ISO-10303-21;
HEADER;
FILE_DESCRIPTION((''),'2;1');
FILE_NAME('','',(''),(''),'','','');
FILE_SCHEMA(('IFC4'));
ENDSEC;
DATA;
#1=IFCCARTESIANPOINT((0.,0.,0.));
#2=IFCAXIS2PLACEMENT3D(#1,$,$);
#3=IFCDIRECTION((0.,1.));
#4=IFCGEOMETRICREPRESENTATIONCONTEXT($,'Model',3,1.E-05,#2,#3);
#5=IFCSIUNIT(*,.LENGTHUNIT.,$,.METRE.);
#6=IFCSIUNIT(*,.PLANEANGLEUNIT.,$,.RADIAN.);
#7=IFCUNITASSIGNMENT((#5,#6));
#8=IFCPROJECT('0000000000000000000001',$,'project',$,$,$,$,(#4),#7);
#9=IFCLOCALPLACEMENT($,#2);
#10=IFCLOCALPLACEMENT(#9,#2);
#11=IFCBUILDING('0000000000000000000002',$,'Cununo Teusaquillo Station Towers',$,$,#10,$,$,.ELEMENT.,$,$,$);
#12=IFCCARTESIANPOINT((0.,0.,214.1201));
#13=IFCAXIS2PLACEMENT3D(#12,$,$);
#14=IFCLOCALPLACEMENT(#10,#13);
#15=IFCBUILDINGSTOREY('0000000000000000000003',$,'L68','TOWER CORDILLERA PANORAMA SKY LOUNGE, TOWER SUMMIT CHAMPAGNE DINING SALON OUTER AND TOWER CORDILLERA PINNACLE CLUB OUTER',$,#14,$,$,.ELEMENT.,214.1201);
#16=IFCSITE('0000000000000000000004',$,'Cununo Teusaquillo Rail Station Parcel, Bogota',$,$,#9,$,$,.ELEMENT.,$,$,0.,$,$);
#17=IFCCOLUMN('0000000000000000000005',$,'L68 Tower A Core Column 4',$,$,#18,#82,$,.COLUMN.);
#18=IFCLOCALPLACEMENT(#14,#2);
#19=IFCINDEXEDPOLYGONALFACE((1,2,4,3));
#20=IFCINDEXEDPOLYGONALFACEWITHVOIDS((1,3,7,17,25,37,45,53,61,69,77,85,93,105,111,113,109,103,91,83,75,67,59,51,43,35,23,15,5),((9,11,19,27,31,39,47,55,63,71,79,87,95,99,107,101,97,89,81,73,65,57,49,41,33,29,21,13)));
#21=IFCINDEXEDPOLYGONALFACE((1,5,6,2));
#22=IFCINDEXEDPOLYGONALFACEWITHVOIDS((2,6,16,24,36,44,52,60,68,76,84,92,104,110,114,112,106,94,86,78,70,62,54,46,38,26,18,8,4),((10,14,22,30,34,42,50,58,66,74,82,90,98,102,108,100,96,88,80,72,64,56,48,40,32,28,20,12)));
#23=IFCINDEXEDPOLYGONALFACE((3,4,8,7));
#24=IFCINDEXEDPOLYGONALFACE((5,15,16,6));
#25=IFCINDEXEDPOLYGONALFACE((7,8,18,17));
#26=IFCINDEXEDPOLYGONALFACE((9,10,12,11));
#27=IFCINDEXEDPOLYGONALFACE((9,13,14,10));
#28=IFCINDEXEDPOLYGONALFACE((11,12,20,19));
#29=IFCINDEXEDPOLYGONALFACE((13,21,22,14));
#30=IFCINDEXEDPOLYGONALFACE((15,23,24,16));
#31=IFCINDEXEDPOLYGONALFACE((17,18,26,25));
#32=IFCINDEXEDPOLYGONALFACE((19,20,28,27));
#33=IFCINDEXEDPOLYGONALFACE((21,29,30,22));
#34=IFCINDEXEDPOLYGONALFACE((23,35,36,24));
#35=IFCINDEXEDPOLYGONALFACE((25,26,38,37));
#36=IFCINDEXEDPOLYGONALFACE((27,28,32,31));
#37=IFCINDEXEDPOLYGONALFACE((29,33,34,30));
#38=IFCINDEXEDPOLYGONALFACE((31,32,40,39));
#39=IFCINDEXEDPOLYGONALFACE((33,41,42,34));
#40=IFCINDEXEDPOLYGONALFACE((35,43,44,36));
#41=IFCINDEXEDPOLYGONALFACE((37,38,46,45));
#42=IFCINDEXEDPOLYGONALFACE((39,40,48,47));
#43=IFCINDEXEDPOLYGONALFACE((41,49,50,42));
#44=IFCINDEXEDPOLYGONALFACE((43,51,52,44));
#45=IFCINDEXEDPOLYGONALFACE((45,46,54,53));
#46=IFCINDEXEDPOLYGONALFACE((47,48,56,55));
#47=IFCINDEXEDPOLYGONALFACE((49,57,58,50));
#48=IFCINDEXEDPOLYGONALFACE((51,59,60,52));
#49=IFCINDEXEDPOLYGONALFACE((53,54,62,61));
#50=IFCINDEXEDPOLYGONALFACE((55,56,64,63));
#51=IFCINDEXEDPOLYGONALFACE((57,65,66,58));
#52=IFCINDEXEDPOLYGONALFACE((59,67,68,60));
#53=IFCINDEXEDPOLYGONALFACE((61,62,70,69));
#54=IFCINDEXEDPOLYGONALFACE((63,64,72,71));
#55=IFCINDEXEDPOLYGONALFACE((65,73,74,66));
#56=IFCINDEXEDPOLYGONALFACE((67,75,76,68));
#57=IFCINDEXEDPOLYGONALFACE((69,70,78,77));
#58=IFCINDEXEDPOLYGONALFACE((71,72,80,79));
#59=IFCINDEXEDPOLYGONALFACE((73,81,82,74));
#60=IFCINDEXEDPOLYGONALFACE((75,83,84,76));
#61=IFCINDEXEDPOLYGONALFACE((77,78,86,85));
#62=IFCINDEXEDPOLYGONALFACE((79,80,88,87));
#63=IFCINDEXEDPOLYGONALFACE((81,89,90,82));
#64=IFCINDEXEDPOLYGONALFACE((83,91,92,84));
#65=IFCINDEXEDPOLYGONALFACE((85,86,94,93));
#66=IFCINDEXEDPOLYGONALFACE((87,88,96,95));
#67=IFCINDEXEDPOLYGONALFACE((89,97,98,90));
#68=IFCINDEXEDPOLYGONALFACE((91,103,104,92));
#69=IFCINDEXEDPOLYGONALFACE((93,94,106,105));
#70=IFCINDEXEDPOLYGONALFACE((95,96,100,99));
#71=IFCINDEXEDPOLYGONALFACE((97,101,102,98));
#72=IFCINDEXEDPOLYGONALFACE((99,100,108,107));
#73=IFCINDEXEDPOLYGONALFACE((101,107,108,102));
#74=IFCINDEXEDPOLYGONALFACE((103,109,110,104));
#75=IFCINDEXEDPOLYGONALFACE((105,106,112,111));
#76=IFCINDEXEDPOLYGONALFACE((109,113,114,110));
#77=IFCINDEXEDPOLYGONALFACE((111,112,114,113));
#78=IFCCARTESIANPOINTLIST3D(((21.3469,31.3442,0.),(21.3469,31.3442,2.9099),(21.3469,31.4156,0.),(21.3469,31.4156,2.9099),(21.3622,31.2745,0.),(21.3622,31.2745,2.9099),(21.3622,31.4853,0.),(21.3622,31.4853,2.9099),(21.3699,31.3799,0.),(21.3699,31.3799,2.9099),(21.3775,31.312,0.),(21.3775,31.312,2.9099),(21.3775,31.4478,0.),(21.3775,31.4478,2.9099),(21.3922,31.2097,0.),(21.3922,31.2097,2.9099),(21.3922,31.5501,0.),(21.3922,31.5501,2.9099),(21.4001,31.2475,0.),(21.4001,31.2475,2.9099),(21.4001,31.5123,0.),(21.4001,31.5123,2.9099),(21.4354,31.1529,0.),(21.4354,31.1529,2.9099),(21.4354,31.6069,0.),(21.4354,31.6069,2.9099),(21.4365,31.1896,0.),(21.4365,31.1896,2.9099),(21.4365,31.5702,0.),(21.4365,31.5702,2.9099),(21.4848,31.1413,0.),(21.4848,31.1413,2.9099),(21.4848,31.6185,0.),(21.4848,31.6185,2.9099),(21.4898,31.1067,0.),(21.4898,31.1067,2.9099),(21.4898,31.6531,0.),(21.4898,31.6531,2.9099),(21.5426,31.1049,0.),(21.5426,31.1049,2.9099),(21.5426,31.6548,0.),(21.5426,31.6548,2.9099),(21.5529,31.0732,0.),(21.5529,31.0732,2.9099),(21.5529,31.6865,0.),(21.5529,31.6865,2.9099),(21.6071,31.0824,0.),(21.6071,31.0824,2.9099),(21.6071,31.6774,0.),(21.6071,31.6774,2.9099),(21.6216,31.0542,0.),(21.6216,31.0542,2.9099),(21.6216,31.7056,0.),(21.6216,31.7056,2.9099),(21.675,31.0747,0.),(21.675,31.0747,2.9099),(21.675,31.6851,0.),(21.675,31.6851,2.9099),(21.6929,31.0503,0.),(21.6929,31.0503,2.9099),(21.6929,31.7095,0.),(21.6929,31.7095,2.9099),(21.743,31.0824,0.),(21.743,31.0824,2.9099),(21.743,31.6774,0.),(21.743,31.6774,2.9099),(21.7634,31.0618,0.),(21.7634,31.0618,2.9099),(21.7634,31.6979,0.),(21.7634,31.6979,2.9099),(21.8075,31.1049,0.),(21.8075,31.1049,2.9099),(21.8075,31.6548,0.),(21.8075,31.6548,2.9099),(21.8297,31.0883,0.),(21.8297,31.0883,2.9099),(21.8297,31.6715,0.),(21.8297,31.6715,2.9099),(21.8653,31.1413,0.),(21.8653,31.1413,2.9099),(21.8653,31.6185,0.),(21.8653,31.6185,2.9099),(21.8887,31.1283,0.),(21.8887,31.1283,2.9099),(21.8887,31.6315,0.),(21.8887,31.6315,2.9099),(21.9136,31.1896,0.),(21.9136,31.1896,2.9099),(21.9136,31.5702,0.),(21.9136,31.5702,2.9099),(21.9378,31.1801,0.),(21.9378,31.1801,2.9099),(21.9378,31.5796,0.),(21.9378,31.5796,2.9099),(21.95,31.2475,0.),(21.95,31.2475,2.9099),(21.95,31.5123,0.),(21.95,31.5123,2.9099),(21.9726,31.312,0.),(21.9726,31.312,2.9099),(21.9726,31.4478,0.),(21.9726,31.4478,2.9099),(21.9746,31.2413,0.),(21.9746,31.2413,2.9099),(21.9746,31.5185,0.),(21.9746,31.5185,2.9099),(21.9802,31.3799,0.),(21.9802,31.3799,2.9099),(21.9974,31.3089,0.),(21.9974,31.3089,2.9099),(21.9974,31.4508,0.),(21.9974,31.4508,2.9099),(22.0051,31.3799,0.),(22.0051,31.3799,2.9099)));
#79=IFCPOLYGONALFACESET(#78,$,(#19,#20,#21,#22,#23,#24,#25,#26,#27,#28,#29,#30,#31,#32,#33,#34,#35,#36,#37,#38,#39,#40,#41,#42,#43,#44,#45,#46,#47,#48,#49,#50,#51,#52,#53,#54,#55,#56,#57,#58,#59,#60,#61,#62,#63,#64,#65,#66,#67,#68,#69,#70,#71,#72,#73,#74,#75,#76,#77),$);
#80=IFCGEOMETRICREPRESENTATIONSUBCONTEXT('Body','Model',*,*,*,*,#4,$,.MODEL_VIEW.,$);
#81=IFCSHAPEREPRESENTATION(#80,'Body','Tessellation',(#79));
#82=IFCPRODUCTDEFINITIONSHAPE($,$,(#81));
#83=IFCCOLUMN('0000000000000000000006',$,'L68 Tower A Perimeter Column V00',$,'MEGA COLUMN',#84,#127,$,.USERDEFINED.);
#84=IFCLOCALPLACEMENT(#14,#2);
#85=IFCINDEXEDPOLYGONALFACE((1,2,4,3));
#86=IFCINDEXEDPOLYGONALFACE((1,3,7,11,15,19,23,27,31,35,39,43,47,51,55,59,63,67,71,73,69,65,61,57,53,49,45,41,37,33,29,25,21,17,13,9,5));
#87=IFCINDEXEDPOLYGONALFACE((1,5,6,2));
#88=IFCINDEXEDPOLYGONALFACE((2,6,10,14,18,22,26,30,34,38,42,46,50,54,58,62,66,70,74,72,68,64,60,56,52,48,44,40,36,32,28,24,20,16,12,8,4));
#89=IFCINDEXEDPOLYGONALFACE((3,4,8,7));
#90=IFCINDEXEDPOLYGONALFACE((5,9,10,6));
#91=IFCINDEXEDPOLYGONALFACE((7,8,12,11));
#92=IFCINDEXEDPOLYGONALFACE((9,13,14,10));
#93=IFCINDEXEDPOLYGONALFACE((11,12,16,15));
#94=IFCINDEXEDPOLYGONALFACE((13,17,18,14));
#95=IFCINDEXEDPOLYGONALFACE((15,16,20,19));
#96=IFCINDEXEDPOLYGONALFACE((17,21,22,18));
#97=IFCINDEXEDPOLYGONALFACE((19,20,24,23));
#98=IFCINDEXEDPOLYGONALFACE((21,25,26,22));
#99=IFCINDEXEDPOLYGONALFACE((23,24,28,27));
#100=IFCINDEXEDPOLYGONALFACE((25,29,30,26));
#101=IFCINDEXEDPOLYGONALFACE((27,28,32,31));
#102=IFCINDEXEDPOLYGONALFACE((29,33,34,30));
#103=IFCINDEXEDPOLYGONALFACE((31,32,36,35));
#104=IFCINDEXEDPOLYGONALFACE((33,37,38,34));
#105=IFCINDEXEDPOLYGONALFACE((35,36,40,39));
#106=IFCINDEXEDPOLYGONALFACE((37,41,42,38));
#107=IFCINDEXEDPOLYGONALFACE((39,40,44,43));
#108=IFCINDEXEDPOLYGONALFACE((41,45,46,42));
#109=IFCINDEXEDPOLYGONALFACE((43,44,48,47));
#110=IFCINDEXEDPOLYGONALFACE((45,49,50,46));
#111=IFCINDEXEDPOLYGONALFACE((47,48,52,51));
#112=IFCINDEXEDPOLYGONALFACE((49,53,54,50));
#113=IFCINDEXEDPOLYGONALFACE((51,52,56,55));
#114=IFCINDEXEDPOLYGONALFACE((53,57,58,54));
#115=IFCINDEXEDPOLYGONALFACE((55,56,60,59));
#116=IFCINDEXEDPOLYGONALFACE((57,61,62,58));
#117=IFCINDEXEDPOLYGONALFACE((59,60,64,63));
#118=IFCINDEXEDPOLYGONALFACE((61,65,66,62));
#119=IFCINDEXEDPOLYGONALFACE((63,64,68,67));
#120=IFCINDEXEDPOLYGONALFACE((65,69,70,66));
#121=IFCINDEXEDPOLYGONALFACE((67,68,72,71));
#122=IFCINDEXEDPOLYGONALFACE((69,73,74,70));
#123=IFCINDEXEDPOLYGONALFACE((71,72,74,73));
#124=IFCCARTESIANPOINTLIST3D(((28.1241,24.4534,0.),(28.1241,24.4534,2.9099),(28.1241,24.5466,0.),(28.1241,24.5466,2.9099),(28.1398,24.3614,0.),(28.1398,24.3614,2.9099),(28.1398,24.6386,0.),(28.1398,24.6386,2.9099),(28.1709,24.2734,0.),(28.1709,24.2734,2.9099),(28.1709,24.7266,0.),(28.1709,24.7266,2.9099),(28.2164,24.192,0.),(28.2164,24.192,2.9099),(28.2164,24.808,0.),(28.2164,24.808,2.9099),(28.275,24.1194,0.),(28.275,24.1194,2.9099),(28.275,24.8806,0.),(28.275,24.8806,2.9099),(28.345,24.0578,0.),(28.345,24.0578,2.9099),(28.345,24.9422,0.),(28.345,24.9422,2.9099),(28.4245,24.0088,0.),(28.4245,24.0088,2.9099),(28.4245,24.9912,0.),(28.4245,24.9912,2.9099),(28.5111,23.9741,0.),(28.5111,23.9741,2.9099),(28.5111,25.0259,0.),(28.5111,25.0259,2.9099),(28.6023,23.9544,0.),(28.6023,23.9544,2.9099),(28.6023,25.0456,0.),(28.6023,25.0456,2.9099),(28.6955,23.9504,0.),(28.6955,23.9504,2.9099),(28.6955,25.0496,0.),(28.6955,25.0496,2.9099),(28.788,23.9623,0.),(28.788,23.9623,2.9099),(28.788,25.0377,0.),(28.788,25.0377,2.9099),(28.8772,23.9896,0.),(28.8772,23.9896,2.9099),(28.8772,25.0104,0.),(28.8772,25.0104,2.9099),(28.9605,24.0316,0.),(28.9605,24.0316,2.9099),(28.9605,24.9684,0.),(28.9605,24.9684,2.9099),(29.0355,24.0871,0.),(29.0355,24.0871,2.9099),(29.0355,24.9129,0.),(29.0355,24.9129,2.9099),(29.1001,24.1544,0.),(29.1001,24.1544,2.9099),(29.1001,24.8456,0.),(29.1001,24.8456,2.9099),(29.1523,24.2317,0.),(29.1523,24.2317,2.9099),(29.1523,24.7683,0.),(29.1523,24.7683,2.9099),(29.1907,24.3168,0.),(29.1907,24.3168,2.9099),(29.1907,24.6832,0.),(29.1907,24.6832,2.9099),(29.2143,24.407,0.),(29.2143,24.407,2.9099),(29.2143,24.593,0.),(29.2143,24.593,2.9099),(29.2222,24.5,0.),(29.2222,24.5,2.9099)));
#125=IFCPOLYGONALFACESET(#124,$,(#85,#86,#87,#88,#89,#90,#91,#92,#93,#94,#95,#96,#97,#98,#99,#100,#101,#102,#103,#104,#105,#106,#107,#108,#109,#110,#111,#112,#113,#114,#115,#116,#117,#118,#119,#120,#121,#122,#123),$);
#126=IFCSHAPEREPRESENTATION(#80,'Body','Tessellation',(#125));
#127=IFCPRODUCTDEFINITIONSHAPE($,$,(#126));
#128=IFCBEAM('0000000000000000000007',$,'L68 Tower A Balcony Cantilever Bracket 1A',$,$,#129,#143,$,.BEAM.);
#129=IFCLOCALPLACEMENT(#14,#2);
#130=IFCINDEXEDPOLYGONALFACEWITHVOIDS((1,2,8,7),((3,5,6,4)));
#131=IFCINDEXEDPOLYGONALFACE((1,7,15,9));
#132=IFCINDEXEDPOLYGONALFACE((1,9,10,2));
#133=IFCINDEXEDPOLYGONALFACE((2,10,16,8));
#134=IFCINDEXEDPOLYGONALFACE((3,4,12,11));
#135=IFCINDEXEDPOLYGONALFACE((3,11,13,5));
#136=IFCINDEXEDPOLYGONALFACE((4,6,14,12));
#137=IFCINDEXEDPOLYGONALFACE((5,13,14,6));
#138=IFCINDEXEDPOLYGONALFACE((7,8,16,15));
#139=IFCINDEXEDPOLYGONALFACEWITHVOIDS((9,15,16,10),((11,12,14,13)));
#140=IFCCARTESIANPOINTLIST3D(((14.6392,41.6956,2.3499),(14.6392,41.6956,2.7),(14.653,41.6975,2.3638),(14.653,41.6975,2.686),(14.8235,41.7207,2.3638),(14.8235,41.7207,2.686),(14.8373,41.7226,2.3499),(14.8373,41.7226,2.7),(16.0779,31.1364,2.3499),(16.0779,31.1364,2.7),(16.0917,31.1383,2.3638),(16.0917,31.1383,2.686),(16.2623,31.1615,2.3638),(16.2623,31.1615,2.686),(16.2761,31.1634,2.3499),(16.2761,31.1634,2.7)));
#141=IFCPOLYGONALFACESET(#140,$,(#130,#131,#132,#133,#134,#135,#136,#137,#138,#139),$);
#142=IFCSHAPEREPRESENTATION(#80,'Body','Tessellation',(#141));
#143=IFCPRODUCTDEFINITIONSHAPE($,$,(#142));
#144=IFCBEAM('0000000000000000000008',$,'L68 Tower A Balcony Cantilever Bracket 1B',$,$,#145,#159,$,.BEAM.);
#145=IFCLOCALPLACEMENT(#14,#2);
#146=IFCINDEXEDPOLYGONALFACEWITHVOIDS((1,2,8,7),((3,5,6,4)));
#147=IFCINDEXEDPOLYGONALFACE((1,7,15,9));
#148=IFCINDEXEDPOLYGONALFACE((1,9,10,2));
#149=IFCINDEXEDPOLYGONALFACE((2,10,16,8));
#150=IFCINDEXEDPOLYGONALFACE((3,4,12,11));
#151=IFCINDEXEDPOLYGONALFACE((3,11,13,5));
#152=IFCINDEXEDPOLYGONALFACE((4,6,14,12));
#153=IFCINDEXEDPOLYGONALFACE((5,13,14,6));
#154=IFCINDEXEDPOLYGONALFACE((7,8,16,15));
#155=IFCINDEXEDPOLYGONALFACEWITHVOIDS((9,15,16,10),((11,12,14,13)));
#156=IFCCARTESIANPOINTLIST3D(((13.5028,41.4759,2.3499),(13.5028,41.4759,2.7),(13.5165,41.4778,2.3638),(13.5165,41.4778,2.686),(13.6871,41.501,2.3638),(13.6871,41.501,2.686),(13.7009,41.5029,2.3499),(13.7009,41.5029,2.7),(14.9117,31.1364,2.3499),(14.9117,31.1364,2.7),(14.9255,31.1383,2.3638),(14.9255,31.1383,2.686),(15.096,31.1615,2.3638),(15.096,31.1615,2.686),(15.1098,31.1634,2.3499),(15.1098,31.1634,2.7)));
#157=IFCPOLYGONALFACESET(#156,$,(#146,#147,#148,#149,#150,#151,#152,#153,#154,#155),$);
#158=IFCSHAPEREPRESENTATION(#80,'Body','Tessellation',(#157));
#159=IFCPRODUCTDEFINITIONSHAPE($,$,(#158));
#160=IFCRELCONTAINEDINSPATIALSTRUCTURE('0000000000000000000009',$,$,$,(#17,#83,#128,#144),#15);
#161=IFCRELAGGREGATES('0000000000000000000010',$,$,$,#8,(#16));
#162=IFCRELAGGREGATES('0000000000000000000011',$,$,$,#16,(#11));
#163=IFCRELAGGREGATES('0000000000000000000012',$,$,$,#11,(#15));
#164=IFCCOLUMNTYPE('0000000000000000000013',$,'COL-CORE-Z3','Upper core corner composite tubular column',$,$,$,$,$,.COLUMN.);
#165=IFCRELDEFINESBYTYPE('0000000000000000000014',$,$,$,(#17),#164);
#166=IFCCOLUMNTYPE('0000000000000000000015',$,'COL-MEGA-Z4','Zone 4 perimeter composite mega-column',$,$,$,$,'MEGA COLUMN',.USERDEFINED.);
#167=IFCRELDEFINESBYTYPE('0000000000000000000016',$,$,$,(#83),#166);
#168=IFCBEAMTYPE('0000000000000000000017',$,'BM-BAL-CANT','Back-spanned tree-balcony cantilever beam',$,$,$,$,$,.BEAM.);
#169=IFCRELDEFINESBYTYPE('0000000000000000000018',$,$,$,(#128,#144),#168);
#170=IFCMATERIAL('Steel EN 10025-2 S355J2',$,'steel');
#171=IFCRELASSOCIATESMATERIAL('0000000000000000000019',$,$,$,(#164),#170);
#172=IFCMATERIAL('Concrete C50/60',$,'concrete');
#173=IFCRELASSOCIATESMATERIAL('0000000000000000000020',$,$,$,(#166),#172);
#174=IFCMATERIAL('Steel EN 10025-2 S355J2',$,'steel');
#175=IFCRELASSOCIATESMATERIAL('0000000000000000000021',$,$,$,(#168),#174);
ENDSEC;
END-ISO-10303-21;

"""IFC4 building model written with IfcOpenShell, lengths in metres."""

from ifc_helpers import new_model, si_unit, direction, frame, origin, origin_2d, place, context, subcontext, project, spatial, hollow_rectangle, circle, hollow_circle, extrude, material, material_profile, profile_set, type_object, element, save


model = new_model("IFC4")

# Units and contexts
model_context = context("Model", 3, precision=1e-05, world=origin(), true_north=direction((0.0, 1.0)))
body_context = subcontext(model_context, "Body", "Model", "MODEL_VIEW")
ifc_project = project(units=[si_unit("LENGTHUNIT", "METRE"), si_unit("PLANEANGLEUNIT", "RADIAN")], contexts=[model_context])

# Site, building, storey
site_placement = place(None, origin())
site = spatial("IfcSite", under=ifc_project, at=site_placement, Name="Cununo Teusaquillo Rail Station Parcel, Bogota", CompositionType="ELEMENT", RefElevation=0.0)
building_placement = place(site_placement, origin())
building = spatial("IfcBuilding", under=site, at=building_placement, Name="Cununo Teusaquillo Station Towers", CompositionType="ELEMENT")
storey_placement = place(building_placement, frame((0.0, 0.0, 214.1201)))
storey = spatial("IfcBuildingStorey", under=building, at=storey_placement, Name="L68", Description="TOWER CORDILLERA PANORAMA SKY LOUNGE, TOWER SUMMIT CHAMPAGNE DINING SALON OUTER AND TOWER CORDILLERA PINNACLE CLUB OUTER", CompositionType="ELEMENT", Elevation=214.1201)

# Columns
ifc_material_1 = material(Name="Steel EN 10025-2 S355J2", Category="steel")
ifc_material_profile_1 = material_profile(ifc_material_1, hollow_circle(Radius=0.3301, WallThickness=0.0249, at=origin_2d()), Name="CHS 660x25")
ifc_profile_set_1 = profile_set([ifc_material_profile_1], Name="Steel EN 10025-2 S355J2")
column_type_1 = type_object("IfcColumnType", Name="COL-CORE-Z3", Description="Upper core corner composite tubular column", PredefinedType="COLUMN", material=ifc_profile_set_1)
column_1_placement = place(storey_placement, frame((21.675, 31.3799, 0.0), z_axis=(0.0, 0.0, 1.0), x_axis=(1.0, 0.0, 0.0)))
element("IfcColumn", 1, at=column_1_placement, inside=storey, type_object=column_type_1, Name="L68 Tower A Core Column 4", PredefinedType="COLUMN", context=body_context, shape_type="SweptSolid", body=[
    extrude(hollow_circle(Radius=0.3301, WallThickness=0.0249, at=origin_2d()), origin(), (0.0, 0.0, 1.0), 2.9099),
])
ifc_material_2 = material(Name="Concrete C50/60", Category="concrete")
ifc_material_profile_2 = material_profile(ifc_material_2, circle(Radius=0.55, at=origin_2d()), Name="RC-CIRC-1100")
ifc_profile_set_2 = profile_set([ifc_material_profile_2], Name="Concrete C50/60")
column_type_2 = type_object("IfcColumnType", Name="COL-MEGA-Z4", Description="Zone 4 perimeter composite mega-column", ElementType="MEGA COLUMN", PredefinedType="USERDEFINED", material=ifc_profile_set_2)
column_2_placement = place(storey_placement, frame((28.6721, 24.5, 0.0), z_axis=(0.0, 0.0, 1.0), x_axis=(1.0, 0.0, 0.0)))
element("IfcColumn", 2, at=column_2_placement, inside=storey, type_object=column_type_2, Name="L68 Tower A Perimeter Column V00", ObjectType="MEGA COLUMN", PredefinedType="USERDEFINED", context=body_context, shape_type="SweptSolid", body=[
    extrude(circle(Radius=0.55, at=origin_2d()), origin(), (0.0, 0.0, 1.0), 2.9099),
])

# Beams
ifc_material_3 = material(Name="Steel EN 10025-2 S355J2", Category="steel")
ifc_material_profile_3 = material_profile(ifc_material_3, hollow_rectangle(XDim=0.2, YDim=0.3501, WallThickness=0.0139, at=origin_2d()), Name="RHS 350x200x14")
ifc_profile_set_3 = profile_set([ifc_material_profile_3], Name="Steel EN 10025-2 S355J2")
beam_type_1 = type_object("IfcBeamType", Name="BM-BAL-CANT", Description="Back-spanned tree-balcony cantilever beam", PredefinedType="BEAM", material=ifc_profile_set_3)
beam_1_placement = place(storey_placement, frame((16.177, 31.1499, 2.5249), z_axis=(-0.135007, 0.990845, 0.0), x_axis=(-0.990845, -0.135007, 0.0)))
element("IfcBeam", 3, at=beam_1_placement, inside=storey, type_object=beam_type_1, Name="L68 Tower A Balcony Cantilever Bracket 1A", PredefinedType="BEAM", context=body_context, shape_type="SweptSolid", body=[
    extrude(hollow_rectangle(XDim=0.2, YDim=0.3501, WallThickness=0.0139, at=origin_2d()), origin(), (0.0, 0.0, 1.0), 10.6567),
])
beam_2_placement = place(storey_placement, frame((15.0107, 31.1499, 2.5249), z_axis=(-0.135018, 0.990843, 0.0), x_axis=(-0.990843, -0.135018, 0.0)))
element("IfcBeam", 4, at=beam_2_placement, inside=storey, type_object=beam_type_1, Name="L68 Tower A Balcony Cantilever Bracket 1B", PredefinedType="BEAM", context=body_context, shape_type="SweptSolid", body=[
    extrude(hollow_rectangle(XDim=0.2, YDim=0.3501, WallThickness=0.0139, at=origin_2d()), origin(), (0.0, 0.0, 1.0), 10.4351),
])

save(model, "model.ifc")
